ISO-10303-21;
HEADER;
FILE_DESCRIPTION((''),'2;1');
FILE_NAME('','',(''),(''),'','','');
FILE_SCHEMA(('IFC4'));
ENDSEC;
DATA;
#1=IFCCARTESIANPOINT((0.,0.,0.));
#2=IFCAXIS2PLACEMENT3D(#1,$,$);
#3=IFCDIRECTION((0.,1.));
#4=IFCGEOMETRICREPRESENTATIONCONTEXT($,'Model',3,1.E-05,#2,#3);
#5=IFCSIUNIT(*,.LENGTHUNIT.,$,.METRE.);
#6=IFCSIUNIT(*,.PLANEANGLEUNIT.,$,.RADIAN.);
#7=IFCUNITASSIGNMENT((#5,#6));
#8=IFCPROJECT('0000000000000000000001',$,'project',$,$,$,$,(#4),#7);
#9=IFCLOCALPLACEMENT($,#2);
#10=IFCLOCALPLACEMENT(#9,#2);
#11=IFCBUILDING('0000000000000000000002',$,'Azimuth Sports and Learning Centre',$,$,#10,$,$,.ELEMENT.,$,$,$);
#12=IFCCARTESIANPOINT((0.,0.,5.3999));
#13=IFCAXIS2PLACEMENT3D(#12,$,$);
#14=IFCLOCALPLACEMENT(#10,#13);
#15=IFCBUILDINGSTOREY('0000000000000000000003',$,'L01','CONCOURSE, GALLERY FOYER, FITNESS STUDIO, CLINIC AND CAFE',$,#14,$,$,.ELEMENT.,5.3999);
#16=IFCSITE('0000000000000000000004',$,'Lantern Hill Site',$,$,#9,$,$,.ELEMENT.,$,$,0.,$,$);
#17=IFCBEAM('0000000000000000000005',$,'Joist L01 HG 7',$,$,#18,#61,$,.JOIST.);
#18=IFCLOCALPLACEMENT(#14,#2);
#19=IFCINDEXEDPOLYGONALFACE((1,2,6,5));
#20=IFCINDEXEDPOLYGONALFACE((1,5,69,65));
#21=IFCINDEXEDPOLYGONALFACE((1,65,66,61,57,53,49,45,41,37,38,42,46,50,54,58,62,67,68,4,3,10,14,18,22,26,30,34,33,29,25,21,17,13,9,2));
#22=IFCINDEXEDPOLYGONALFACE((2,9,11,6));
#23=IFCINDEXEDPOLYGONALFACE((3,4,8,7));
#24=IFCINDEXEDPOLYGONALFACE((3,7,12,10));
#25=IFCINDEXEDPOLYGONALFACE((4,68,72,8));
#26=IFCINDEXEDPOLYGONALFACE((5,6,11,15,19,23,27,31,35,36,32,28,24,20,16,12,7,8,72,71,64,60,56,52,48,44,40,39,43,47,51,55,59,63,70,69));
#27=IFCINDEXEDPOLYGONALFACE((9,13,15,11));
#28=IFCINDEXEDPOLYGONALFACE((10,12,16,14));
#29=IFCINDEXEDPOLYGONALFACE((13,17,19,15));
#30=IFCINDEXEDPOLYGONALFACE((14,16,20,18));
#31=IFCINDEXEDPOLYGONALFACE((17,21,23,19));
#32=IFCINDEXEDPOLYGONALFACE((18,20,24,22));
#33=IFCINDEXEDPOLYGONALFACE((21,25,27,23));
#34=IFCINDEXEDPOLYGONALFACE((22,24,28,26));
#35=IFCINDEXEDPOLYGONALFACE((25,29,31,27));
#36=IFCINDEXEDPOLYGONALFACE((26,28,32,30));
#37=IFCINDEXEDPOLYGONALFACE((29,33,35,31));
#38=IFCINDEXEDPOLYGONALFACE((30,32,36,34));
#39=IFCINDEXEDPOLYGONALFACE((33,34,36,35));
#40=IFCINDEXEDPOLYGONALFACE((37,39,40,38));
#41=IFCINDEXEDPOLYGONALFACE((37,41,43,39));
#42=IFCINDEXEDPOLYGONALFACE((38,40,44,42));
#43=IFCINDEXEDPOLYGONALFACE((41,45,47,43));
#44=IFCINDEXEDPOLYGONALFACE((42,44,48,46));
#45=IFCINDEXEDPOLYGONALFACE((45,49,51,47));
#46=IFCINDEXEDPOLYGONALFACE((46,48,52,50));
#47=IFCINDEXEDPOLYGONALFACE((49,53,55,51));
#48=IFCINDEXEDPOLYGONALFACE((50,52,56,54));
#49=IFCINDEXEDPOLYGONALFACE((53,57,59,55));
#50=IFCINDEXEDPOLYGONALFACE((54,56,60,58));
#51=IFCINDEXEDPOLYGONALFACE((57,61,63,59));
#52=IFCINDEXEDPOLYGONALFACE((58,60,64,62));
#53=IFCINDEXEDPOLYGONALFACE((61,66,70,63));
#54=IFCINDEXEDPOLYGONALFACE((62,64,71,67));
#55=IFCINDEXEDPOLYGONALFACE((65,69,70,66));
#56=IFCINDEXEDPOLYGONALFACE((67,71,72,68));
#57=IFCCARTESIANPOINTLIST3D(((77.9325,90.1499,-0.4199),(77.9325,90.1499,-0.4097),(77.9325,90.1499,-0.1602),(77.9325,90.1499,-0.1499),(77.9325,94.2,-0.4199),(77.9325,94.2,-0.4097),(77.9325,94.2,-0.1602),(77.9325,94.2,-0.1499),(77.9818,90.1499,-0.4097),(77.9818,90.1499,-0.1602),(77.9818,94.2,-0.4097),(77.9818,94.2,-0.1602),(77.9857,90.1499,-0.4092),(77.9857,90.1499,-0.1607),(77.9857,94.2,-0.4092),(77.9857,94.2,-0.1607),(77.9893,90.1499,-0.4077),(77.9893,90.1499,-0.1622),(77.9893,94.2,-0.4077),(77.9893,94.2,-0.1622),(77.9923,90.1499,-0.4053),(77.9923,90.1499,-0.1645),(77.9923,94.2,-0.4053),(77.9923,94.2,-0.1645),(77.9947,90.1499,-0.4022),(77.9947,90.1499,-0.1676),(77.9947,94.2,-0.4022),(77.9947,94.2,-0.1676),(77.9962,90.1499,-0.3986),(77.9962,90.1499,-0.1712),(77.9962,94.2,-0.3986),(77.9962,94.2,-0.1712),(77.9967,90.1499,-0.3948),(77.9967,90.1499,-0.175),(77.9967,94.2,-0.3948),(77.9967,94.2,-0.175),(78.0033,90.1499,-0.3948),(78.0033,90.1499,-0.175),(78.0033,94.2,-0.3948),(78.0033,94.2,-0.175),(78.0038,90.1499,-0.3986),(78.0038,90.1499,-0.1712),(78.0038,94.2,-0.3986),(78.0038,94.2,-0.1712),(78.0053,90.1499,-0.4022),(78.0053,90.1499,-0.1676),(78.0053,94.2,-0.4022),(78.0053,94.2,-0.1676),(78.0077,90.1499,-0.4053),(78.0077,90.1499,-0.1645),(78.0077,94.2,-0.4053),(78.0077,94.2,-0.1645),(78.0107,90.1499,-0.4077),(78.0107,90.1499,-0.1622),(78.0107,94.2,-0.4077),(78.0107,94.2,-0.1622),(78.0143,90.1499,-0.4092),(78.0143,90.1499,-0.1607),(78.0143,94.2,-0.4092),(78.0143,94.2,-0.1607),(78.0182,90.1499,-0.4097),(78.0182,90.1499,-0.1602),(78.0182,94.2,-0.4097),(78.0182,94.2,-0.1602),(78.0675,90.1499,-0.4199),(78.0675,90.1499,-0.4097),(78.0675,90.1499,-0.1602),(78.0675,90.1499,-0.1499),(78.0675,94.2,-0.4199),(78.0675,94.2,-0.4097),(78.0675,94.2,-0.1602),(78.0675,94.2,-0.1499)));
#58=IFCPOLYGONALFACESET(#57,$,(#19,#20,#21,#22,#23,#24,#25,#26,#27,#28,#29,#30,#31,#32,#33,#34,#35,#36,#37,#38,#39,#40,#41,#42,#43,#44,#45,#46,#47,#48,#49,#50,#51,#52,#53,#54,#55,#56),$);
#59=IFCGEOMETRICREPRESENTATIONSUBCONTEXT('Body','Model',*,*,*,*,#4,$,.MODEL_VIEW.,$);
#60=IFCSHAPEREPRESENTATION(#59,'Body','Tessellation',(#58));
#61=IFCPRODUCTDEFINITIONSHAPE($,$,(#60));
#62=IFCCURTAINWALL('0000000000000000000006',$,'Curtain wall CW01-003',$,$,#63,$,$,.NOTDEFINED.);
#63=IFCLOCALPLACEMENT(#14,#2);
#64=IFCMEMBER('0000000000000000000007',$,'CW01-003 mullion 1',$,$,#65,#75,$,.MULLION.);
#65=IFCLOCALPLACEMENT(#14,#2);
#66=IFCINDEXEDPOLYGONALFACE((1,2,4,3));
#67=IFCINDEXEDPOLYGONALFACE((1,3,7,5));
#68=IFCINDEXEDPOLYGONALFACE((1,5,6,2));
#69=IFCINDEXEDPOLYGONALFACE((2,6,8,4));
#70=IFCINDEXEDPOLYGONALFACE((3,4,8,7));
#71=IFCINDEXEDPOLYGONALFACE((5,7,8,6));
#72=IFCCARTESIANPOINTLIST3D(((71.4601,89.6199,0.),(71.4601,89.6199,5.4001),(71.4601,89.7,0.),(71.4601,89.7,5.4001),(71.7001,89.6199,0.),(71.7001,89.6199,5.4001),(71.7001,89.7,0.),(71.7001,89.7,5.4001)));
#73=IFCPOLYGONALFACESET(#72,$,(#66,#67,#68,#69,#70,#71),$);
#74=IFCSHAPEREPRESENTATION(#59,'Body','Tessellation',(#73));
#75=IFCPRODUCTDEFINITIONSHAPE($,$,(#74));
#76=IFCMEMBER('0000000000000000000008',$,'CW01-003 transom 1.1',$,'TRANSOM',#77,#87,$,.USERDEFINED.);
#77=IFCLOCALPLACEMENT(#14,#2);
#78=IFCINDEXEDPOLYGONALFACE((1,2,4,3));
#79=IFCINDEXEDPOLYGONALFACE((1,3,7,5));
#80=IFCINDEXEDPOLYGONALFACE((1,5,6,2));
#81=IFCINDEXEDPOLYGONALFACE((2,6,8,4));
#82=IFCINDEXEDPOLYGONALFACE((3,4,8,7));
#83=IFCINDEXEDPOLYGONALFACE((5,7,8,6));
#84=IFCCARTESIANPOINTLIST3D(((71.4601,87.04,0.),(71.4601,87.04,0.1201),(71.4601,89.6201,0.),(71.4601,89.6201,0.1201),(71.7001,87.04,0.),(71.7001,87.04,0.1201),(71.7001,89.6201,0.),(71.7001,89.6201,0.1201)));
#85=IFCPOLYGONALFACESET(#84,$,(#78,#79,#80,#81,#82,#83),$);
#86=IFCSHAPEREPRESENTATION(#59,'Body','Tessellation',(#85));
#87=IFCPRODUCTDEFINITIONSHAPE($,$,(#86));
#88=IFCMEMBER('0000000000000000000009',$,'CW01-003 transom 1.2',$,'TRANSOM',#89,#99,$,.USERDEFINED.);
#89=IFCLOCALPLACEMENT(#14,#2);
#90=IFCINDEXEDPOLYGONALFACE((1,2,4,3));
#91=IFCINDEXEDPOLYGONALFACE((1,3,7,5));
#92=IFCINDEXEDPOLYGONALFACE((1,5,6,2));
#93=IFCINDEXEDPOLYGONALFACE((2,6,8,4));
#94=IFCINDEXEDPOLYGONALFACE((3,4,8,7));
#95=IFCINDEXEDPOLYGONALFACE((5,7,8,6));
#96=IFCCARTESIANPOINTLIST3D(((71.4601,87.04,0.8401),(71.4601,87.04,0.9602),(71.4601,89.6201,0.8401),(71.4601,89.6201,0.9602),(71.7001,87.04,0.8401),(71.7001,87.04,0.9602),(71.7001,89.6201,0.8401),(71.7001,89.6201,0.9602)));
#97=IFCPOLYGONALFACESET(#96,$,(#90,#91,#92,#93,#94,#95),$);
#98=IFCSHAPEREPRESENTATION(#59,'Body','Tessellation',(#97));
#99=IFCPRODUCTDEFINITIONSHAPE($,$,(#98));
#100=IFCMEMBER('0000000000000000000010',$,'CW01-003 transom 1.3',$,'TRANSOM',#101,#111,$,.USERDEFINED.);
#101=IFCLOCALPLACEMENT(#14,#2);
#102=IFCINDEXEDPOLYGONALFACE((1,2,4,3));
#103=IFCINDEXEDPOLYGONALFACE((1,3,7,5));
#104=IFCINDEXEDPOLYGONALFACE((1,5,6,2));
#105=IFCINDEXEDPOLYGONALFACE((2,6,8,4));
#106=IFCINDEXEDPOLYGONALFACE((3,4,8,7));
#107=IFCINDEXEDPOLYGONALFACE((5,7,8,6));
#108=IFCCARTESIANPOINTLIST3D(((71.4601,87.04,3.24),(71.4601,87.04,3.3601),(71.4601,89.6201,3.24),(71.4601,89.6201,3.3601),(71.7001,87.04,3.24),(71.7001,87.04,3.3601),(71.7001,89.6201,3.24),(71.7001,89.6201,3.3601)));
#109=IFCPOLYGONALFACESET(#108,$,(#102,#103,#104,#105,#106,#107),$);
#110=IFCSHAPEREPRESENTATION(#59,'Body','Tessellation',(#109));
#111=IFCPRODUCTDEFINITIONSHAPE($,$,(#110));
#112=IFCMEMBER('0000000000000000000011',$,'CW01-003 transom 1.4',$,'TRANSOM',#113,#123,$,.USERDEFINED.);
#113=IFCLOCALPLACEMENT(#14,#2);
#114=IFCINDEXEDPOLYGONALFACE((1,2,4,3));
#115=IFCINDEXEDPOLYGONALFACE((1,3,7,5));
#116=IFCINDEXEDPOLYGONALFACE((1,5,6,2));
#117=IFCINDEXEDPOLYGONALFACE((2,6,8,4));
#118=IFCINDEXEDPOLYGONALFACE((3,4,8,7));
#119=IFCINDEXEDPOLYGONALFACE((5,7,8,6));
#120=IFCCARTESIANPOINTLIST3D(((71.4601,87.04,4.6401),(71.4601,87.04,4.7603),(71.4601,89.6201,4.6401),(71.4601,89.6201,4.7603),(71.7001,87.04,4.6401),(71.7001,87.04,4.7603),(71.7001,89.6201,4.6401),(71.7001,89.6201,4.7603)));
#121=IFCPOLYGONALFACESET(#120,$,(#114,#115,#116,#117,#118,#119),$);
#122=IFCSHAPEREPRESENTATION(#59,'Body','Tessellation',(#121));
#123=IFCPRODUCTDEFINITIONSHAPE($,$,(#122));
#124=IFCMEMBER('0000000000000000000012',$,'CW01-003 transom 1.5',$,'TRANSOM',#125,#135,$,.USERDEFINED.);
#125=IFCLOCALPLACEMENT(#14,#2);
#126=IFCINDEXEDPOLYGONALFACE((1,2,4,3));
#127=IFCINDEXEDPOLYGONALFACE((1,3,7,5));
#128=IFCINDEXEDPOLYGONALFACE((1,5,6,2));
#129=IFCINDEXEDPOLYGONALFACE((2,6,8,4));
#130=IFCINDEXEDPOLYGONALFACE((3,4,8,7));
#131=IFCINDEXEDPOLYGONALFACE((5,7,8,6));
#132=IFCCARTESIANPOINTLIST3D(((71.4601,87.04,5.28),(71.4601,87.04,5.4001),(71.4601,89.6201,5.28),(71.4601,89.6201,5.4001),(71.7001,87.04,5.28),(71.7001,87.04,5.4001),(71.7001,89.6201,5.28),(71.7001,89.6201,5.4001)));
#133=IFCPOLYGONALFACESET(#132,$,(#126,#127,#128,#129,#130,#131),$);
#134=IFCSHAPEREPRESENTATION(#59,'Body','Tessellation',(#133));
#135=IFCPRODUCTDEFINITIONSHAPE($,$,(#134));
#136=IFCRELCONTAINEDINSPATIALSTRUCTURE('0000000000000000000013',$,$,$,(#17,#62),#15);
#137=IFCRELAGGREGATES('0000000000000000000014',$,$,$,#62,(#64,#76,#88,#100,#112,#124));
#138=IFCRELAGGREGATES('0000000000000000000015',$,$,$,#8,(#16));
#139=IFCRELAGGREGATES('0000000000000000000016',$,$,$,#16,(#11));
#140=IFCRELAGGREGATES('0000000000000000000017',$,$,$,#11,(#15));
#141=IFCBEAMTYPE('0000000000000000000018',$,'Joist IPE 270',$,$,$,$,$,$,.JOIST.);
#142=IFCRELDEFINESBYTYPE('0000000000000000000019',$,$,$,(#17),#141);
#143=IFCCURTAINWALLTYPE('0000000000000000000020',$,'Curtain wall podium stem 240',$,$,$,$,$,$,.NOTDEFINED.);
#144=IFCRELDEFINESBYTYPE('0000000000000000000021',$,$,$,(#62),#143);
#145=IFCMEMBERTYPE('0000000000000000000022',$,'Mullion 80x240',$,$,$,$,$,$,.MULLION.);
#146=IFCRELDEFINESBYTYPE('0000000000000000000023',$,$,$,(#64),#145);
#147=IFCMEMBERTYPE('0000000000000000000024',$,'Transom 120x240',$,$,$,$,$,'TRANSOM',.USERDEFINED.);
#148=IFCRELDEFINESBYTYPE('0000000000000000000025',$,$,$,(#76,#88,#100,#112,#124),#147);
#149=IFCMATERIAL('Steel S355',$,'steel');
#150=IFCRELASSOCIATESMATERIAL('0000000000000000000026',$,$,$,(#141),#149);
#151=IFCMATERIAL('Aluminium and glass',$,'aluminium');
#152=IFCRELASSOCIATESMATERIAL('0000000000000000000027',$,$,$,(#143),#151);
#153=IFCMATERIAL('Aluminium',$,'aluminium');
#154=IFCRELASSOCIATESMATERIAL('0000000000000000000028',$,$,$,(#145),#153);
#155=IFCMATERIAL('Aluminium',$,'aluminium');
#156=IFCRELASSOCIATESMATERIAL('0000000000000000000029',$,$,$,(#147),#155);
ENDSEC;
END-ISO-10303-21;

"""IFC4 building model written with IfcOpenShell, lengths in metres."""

from ifc_helpers import new_model, si_unit, direction, frame, origin, origin_2d, place, context, subcontext, project, spatial, rectangle, i_section, extrude, material, material_profile, profile_set, type_object, element, aggregate, save


model = new_model("IFC4")

# Units and contexts
model_context = context("Model", 3, precision=1e-05, world=origin(), true_north=direction((0.0, 1.0)))
body_context = subcontext(model_context, "Body", "Model", "MODEL_VIEW")
ifc_project = project(units=[si_unit("LENGTHUNIT", "METRE"), si_unit("PLANEANGLEUNIT", "RADIAN")], contexts=[model_context])

# Site, building, storey
site_placement = place(None, origin())
site = spatial("IfcSite", under=ifc_project, at=site_placement, Name="Lantern Hill Site", CompositionType="ELEMENT", RefElevation=0.0)
building_placement = place(site_placement, origin())
building = spatial("IfcBuilding", under=site, at=building_placement, Name="Azimuth Sports and Learning Centre", CompositionType="ELEMENT")
storey_placement = place(building_placement, frame((0.0, 0.0, 5.3999)))
storey = spatial("IfcBuildingStorey", under=building, at=storey_placement, Name="L01", Description="CONCOURSE, GALLERY FOYER, FITNESS STUDIO, CLINIC AND CAFE", CompositionType="ELEMENT", Elevation=5.3999)

# Beam
ifc_material_1 = material(Name="Steel S355", Category="steel")
ifc_material_profile_1 = material_profile(ifc_material_1, i_section(OverallWidth=0.135, OverallDepth=0.27, WebThickness=0.0066, FlangeThickness=0.0103, FilletRadius=0.0149, at=origin_2d()), Name="IPE 270")
ifc_profile_set_1 = profile_set([ifc_material_profile_1], Name="Steel S355")
beam_type_1 = type_object("IfcBeamType", Name="Joist IPE 270", PredefinedType="JOIST", material=ifc_profile_set_1)
for number, where, z_axis, x_axis, name in (
    (1, (78.0, 90.1499, -0.2849), (0.0, 1.0, 0.0), (-1.0, 0.0, 0.0), "Joist L01 HG 7"),
):
    element("IfcBeam", number, at=place(storey_placement, frame(where, z_axis=z_axis, x_axis=x_axis)), inside=storey, type_object=beam_type_1, Name=name, PredefinedType="JOIST", context=body_context, shape_type="SweptSolid", body=[
        extrude(i_section(OverallWidth=0.135, OverallDepth=0.27, WebThickness=0.0066, FlangeThickness=0.0103, FilletRadius=0.0149, at=origin_2d()), origin(), (0.0, 0.0, 1.0), 4.05),
    ])

# Curtain wall, members
ifc_material_2 = material(Name="Aluminium and glass", Category="aluminium")
curtain_wall_type = type_object("IfcCurtainWallType", Name="Curtain wall podium stem 240", PredefinedType="NOTDEFINED", material=ifc_material_2)
curtain_wall_placement = place(storey_placement, origin())
curtain_wall = element("IfcCurtainWall", 2, at=curtain_wall_placement, inside=storey, type_object=curtain_wall_type, Name="Curtain wall CW01-003", PredefinedType="NOTDEFINED")
ifc_material_3 = material(Name="Aluminium", Category="aluminium")
ifc_material_profile_2 = material_profile(ifc_material_3, rectangle(XDim=0.24, YDim=0.0801, at=origin_2d()), Name="Mullion 80x240")
ifc_profile_set_2 = profile_set([ifc_material_profile_2], Name="Aluminium")
member_type_1 = type_object("IfcMemberType", Name="Mullion 80x240", PredefinedType="MULLION", material=ifc_profile_set_2)
member_1_placement = place(storey_placement, frame((71.5801, 89.6599, 0.0), z_axis=(0.0, 0.0, 1.0), x_axis=(1.0, 0.0, 0.0)))
member_1 = element("IfcMember", 3, at=member_1_placement, type_object=member_type_1, Name="CW01-003 mullion 1", PredefinedType="MULLION", context=body_context, shape_type="SweptSolid", body=[
    extrude(rectangle(XDim=0.24, YDim=0.0801, at=origin_2d()), origin(), (0.0, 0.0, 1.0), 5.4001),
])
ifc_material_4 = material(Name="Aluminium", Category="aluminium")
ifc_material_profile_3 = material_profile(ifc_material_4, rectangle(XDim=0.24, YDim=0.1201, at=origin_2d()), Name="Transom 120x240")
ifc_profile_set_3 = profile_set([ifc_material_profile_3], Name="Aluminium")
member_type_2 = type_object("IfcMemberType", Name="Transom 120x240", ElementType="TRANSOM", PredefinedType="USERDEFINED", material=ifc_profile_set_3)
member_2_placement = place(storey_placement, frame((71.5801, 89.6201, 0.0601), z_axis=(0.0, -1.0, 0.0), x_axis=(1.0, 0.0, 0.0)))
member_2 = element("IfcMember", 4, at=member_2_placement, type_object=member_type_2, Name="CW01-003 transom 1.1", ObjectType="TRANSOM", PredefinedType="USERDEFINED", context=body_context, shape_type="SweptSolid", body=[
    extrude(rectangle(XDim=0.24, YDim=0.1201, at=origin_2d()), origin(), (0.0, 0.0, 1.0), 2.5801),
])
member_3_placement = place(storey_placement, frame((71.5801, 89.6201, 0.9001), z_axis=(0.0, -1.0, 0.0), x_axis=(1.0, 0.0, 0.0)))
member_3 = element("IfcMember", 5, at=member_3_placement, type_object=member_type_2, Name="CW01-003 transom 1.2", ObjectType="TRANSOM", PredefinedType="USERDEFINED", context=body_context, shape_type="SweptSolid", body=[
    extrude(rectangle(XDim=0.24, YDim=0.1201, at=origin_2d()), origin(), (0.0, 0.0, 1.0), 2.5801),
])
member_4_placement = place(storey_placement, frame((71.5801, 89.6201, 3.3), z_axis=(0.0, -1.0, 0.0), x_axis=(1.0, 0.0, 0.0)))
member_4 = element("IfcMember", 6, at=member_4_placement, type_object=member_type_2, Name="CW01-003 transom 1.3", ObjectType="TRANSOM", PredefinedType="USERDEFINED", context=body_context, shape_type="SweptSolid", body=[
    extrude(rectangle(XDim=0.24, YDim=0.1201, at=origin_2d()), origin(), (0.0, 0.0, 1.0), 2.5801),
])
member_5_placement = place(storey_placement, frame((71.5801, 89.6201, 4.7002), z_axis=(0.0, -1.0, 0.0), x_axis=(1.0, 0.0, 0.0)))
member_5 = element("IfcMember", 7, at=member_5_placement, type_object=member_type_2, Name="CW01-003 transom 1.4", ObjectType="TRANSOM", PredefinedType="USERDEFINED", context=body_context, shape_type="SweptSolid", body=[
    extrude(rectangle(XDim=0.24, YDim=0.1201, at=origin_2d()), origin(), (0.0, 0.0, 1.0), 2.5801),
])
member_6_placement = place(storey_placement, frame((71.5801, 89.6201, 5.3401), z_axis=(0.0, -1.0, 0.0), x_axis=(1.0, 0.0, 0.0)))
member_6 = element("IfcMember", 8, at=member_6_placement, type_object=member_type_2, Name="CW01-003 transom 1.5", ObjectType="TRANSOM", PredefinedType="USERDEFINED", context=body_context, shape_type="SweptSolid", body=[
    extrude(rectangle(XDim=0.24, YDim=0.1201, at=origin_2d()), origin(), (0.0, 0.0, 1.0), 2.5801),
])
aggregate(curtain_wall, [member_1, member_2, member_3, member_4, member_5, member_6])

save(model, "model.ifc")
